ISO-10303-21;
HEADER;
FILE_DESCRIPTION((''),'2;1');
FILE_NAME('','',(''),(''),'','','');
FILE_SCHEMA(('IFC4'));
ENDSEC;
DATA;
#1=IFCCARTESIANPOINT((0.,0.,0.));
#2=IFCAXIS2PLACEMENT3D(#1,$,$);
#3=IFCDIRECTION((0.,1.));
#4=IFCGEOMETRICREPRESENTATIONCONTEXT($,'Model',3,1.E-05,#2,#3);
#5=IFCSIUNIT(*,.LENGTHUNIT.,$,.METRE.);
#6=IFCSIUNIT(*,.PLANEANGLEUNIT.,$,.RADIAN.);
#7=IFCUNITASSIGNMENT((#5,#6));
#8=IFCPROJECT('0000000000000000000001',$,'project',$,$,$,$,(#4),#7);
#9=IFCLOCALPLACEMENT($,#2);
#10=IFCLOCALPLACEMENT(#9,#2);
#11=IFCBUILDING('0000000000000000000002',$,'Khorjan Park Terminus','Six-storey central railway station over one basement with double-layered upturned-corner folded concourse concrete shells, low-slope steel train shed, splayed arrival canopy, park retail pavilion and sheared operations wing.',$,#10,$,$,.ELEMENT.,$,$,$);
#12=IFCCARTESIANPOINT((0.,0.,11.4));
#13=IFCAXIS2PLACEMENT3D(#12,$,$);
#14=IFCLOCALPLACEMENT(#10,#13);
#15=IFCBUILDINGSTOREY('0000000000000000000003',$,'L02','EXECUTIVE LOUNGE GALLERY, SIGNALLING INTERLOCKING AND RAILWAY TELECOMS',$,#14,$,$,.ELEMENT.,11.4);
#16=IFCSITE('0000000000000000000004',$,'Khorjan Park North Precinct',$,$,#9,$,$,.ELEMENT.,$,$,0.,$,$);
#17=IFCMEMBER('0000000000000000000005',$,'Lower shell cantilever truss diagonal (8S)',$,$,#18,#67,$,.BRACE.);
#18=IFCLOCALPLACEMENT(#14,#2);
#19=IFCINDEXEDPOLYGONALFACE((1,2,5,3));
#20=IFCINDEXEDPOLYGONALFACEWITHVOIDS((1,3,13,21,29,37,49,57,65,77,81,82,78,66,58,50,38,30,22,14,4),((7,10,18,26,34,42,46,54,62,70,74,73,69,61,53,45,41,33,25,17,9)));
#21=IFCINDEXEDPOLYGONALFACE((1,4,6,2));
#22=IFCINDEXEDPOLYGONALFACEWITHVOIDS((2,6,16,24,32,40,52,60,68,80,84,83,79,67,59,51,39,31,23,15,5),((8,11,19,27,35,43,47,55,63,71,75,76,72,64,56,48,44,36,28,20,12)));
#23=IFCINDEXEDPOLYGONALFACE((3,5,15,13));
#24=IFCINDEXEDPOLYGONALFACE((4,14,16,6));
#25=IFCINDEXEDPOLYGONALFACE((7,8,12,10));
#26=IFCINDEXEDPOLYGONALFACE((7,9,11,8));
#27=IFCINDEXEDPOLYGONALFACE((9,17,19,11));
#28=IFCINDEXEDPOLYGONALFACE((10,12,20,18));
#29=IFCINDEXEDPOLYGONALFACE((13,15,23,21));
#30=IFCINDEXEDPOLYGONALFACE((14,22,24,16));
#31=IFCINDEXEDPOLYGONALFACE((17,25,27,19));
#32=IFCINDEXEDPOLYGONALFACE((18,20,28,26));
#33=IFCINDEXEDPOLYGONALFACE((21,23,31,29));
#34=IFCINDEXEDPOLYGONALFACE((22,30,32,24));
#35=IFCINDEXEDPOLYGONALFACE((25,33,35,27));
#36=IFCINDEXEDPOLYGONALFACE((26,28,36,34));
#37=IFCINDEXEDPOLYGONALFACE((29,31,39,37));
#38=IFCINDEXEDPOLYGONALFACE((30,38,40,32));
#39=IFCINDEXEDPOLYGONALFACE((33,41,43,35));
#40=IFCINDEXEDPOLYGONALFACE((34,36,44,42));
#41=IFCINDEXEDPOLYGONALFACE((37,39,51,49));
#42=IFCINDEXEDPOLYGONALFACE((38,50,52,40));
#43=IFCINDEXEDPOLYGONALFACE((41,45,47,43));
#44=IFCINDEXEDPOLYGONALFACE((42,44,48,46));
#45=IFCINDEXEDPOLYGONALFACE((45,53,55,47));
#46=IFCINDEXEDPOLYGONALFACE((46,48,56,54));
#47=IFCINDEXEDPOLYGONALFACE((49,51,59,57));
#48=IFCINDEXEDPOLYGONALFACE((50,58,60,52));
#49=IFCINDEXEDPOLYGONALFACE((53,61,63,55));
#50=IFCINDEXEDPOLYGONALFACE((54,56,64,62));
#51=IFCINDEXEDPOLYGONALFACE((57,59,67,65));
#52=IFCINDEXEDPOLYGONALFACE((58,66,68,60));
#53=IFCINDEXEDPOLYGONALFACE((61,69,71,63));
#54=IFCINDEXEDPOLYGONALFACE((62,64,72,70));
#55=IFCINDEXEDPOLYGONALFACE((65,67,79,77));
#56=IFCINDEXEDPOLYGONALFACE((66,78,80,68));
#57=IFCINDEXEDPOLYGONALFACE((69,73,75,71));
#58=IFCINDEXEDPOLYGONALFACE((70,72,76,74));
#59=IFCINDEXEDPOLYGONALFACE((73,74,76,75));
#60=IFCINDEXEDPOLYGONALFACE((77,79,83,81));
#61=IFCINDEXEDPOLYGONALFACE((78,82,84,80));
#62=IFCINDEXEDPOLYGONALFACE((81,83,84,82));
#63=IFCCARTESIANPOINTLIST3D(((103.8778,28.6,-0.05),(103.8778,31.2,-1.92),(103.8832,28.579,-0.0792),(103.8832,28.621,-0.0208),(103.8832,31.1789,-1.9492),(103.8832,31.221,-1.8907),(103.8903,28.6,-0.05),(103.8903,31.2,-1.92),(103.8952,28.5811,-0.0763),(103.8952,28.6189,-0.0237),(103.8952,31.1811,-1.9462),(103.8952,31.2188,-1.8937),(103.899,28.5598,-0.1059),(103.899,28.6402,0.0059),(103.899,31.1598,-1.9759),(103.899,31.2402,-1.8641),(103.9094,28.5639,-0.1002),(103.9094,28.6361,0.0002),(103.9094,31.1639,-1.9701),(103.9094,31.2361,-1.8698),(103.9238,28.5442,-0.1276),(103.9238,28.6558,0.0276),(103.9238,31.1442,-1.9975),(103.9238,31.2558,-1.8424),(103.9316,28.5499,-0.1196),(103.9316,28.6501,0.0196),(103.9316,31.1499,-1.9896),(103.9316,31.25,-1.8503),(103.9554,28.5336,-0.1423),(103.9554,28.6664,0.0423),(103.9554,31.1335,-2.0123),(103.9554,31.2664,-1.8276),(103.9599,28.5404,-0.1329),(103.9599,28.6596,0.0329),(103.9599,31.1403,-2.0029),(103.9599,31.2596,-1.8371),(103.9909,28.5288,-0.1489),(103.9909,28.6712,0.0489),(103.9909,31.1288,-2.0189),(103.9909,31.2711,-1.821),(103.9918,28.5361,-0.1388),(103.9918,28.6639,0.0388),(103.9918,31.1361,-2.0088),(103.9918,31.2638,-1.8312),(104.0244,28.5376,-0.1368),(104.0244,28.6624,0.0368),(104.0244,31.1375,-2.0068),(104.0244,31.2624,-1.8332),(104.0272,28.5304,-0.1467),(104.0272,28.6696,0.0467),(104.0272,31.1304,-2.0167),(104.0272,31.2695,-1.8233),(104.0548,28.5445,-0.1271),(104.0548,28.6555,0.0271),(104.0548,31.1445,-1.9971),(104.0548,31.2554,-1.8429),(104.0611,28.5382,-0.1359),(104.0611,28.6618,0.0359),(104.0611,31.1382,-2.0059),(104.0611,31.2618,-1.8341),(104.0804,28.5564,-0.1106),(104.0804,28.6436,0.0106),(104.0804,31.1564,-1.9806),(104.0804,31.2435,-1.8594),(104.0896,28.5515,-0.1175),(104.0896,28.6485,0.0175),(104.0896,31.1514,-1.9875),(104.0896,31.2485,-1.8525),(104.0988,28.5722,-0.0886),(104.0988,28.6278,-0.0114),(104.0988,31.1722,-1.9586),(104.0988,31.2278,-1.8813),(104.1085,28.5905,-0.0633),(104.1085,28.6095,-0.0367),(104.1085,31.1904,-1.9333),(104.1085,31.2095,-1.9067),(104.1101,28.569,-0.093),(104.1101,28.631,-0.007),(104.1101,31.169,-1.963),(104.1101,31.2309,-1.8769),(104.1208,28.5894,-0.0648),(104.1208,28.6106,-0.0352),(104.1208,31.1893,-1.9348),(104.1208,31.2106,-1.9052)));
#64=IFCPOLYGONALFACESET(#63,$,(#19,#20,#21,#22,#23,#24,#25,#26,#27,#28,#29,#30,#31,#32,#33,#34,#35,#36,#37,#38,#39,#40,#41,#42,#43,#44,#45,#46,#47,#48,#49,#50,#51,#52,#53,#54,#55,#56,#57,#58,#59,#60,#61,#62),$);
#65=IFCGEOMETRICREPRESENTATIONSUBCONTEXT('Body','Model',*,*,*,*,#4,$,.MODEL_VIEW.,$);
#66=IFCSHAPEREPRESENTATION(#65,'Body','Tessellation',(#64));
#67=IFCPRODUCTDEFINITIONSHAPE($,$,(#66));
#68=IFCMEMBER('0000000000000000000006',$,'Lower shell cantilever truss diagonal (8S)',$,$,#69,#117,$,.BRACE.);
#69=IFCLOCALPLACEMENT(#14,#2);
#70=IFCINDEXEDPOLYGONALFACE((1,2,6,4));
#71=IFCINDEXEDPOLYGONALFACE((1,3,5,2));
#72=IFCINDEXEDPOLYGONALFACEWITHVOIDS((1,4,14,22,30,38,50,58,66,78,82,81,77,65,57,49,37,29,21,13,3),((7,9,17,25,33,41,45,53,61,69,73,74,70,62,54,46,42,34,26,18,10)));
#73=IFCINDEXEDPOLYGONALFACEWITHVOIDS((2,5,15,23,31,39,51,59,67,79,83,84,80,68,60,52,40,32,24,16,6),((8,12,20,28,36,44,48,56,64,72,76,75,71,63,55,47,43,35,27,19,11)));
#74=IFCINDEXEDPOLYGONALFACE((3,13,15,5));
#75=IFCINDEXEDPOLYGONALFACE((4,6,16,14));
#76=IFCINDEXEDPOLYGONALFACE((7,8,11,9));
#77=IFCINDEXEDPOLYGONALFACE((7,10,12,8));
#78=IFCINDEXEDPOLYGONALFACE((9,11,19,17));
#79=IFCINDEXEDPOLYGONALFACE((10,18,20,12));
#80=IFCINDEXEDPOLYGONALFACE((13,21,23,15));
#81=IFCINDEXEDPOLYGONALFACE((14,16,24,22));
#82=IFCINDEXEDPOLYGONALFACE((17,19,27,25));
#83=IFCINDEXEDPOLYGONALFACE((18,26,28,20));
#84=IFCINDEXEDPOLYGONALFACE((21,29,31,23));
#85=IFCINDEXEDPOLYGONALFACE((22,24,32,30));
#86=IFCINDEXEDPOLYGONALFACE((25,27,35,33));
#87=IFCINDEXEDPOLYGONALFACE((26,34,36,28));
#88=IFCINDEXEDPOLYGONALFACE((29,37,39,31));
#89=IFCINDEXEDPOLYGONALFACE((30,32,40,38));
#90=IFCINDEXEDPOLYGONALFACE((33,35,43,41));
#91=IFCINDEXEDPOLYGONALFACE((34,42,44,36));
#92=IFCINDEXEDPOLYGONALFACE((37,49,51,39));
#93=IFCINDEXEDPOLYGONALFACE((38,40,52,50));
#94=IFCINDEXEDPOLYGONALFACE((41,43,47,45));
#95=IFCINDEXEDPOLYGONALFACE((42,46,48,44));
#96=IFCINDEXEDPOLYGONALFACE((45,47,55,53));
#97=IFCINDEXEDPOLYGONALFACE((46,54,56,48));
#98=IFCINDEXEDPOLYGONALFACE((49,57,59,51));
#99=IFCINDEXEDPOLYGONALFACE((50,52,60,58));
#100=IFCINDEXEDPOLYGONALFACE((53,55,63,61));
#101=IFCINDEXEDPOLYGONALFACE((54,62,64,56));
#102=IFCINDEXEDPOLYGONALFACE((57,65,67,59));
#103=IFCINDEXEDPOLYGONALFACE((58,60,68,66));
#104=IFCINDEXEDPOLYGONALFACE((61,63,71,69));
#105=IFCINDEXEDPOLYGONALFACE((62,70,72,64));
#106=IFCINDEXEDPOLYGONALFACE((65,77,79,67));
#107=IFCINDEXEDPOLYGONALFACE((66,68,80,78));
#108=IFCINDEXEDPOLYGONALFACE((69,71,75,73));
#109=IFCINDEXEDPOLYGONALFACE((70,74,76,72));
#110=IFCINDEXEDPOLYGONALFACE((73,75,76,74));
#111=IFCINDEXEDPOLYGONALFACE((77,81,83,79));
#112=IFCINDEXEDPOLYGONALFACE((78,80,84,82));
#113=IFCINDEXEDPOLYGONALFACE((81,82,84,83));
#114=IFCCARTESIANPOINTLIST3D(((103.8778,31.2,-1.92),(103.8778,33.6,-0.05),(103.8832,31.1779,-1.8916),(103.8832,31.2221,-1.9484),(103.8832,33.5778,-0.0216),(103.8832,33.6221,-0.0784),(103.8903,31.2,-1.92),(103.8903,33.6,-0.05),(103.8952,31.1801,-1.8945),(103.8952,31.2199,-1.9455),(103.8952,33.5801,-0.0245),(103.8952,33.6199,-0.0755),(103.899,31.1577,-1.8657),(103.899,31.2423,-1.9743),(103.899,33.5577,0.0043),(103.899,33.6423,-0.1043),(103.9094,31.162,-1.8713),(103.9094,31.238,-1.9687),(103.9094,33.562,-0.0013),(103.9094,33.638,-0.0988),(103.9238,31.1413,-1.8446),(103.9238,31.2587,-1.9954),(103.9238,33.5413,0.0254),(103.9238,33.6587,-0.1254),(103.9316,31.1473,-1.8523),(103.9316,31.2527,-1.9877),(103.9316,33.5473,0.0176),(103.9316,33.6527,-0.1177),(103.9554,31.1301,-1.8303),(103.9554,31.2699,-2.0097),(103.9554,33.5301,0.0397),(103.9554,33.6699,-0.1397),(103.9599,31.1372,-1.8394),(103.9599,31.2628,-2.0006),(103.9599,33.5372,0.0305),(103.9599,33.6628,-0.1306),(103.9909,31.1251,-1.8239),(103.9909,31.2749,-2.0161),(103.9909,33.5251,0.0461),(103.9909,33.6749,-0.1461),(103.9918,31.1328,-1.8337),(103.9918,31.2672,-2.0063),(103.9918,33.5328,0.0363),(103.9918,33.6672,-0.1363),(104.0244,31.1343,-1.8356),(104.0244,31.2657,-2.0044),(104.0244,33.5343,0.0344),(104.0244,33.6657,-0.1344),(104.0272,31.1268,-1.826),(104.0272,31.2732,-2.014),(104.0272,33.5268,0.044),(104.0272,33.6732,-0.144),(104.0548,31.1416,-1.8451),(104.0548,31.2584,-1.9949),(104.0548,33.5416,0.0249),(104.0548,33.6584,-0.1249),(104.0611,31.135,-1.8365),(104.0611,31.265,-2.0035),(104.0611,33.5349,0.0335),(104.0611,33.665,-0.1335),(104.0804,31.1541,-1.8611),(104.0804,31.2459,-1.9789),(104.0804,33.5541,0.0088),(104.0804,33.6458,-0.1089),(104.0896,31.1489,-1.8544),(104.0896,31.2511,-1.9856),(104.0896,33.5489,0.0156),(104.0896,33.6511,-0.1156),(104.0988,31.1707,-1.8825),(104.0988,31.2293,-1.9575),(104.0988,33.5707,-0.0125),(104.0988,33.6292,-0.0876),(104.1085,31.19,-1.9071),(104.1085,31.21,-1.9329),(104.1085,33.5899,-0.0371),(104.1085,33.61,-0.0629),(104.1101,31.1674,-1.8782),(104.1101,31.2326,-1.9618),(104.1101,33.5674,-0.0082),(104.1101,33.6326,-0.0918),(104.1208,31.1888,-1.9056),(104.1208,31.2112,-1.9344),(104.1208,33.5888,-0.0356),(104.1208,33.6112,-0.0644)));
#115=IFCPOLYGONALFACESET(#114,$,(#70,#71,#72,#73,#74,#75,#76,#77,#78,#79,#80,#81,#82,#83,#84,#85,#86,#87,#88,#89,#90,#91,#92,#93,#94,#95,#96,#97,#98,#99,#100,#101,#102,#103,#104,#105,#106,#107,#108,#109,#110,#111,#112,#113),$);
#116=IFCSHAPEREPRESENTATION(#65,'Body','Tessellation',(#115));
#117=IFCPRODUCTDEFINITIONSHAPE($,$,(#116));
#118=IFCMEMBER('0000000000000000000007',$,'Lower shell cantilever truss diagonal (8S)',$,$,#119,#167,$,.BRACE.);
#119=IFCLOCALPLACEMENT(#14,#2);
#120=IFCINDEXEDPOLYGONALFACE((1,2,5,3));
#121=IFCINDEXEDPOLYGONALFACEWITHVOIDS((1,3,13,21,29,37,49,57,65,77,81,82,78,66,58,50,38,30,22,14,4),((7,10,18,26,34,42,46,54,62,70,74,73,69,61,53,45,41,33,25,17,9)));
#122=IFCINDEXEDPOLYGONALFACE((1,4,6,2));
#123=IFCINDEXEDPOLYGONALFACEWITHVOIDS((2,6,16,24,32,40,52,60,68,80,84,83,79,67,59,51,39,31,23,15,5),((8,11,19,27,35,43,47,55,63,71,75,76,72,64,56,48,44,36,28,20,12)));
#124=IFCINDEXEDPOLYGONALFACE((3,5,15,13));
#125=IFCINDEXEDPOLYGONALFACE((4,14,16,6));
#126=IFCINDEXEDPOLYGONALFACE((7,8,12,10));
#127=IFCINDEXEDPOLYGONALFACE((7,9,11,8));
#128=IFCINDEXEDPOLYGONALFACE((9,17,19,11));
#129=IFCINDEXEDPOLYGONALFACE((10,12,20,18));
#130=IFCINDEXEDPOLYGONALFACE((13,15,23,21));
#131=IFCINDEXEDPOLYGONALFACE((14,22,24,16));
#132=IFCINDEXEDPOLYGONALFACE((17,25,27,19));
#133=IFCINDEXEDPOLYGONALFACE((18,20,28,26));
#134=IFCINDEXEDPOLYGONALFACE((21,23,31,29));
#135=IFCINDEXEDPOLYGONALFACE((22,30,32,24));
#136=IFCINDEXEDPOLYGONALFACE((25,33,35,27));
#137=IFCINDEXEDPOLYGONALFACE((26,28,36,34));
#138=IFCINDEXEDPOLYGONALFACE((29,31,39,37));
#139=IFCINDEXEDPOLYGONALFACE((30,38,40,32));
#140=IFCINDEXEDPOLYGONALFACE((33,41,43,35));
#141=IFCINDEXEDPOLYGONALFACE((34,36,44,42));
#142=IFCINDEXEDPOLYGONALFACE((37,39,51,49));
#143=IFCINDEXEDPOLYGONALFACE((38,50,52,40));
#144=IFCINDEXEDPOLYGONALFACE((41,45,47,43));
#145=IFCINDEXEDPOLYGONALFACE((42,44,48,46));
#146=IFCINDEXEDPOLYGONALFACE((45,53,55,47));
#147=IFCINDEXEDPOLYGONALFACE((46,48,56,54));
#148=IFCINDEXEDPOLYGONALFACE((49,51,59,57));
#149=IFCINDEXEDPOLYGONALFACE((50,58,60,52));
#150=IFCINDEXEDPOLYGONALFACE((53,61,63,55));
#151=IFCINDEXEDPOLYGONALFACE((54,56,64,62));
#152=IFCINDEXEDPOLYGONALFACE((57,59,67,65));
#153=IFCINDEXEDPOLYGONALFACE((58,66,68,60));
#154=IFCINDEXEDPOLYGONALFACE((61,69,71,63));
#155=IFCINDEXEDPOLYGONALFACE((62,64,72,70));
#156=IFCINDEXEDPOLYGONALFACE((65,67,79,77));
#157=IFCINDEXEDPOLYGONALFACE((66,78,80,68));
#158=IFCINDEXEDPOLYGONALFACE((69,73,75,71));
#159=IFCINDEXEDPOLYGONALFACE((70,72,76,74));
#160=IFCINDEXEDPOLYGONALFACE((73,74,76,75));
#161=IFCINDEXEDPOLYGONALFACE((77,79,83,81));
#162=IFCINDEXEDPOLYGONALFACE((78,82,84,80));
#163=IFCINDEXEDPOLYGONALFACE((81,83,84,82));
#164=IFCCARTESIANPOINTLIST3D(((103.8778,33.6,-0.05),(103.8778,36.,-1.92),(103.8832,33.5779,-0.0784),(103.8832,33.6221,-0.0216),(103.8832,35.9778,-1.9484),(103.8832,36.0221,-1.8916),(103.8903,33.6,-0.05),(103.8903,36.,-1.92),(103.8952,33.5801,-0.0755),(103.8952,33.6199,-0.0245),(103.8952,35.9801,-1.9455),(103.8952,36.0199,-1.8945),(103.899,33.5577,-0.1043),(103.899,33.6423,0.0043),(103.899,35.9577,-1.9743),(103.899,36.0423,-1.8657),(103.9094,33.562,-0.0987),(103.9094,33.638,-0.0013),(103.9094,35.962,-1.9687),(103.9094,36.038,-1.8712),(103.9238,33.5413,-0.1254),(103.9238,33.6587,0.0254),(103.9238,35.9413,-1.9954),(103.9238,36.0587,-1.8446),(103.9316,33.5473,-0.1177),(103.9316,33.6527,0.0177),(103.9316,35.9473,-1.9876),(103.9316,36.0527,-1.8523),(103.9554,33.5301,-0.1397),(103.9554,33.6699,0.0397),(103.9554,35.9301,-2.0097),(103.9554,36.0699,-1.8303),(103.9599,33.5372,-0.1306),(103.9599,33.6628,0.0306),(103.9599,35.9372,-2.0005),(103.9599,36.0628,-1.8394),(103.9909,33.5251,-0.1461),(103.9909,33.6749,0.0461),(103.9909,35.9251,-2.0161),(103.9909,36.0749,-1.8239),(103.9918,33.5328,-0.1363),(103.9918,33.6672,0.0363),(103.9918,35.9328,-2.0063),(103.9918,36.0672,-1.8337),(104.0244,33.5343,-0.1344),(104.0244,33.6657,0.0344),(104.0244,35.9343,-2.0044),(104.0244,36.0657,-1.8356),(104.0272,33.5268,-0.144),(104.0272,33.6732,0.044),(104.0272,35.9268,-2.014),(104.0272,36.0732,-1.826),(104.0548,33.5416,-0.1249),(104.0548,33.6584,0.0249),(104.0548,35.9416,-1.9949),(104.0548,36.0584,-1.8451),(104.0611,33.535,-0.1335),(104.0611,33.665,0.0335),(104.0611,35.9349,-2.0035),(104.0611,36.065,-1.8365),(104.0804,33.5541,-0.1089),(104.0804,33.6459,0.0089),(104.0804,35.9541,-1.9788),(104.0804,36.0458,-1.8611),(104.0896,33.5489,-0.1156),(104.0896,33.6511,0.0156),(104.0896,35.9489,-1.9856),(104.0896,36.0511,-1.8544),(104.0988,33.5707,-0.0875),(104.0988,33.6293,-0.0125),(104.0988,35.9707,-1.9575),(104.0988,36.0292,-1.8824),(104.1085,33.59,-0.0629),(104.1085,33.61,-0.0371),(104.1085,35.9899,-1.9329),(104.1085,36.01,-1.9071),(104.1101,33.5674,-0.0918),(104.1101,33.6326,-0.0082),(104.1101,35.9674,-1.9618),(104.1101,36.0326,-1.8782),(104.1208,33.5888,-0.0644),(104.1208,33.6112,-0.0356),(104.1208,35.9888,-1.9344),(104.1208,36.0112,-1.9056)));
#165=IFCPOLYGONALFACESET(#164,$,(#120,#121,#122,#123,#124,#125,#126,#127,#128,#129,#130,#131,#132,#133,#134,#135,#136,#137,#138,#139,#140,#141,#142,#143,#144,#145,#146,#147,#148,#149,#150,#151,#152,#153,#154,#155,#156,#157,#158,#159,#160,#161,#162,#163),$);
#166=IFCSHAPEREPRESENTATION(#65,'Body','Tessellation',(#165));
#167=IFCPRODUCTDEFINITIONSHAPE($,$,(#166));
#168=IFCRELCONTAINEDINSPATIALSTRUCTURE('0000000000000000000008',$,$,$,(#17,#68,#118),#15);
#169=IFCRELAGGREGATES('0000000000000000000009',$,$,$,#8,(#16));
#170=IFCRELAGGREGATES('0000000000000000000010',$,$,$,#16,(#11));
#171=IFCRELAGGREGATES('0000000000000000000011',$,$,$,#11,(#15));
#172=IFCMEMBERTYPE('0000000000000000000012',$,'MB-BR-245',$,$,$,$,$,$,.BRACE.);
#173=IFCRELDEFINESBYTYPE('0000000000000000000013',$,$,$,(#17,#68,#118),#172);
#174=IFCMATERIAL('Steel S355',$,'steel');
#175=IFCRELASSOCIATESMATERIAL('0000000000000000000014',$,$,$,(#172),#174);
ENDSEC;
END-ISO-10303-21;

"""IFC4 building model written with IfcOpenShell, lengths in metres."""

from ifc_helpers import new_model, si_unit, direction, frame, origin, origin_2d, place, context, subcontext, project, spatial, hollow_circle, extrude, material, material_profile, profile_set, type_object, element, save


model = new_model("IFC4")

# Units and contexts
model_context = context("Model", 3, precision=1e-05, world=origin(), true_north=direction((0.0, 1.0)))
body_context = subcontext(model_context, "Body", "Model", "MODEL_VIEW")
ifc_project = project(units=[si_unit("LENGTHUNIT", "METRE"), si_unit("PLANEANGLEUNIT", "RADIAN")], contexts=[model_context])

# Site, building, storey
site_placement = place(None, origin())
site = spatial("IfcSite", under=ifc_project, at=site_placement, Name="Khorjan Park North Precinct", CompositionType="ELEMENT", RefElevation=0.0)
building_placement = place(site_placement, origin())
building = spatial("IfcBuilding", under=site, at=building_placement, Name="Khorjan Park Terminus", Description="Six-storey central railway station over one basement with double-layered upturned-corner folded concourse concrete shells, low-slope steel train shed, splayed arrival canopy, park retail pavilion and sheared operations wing.", CompositionType="ELEMENT")
storey_placement = place(building_placement, frame((0.0, 0.0, 11.4)))
storey = spatial("IfcBuildingStorey", under=building, at=storey_placement, Name="L02", Description="EXECUTIVE LOUNGE GALLERY, SIGNALLING INTERLOCKING AND RAILWAY TELECOMS", CompositionType="ELEMENT", Elevation=11.4)

# Members
ifc_material_1 = material(Name="Steel S355", Category="steel")
ifc_material_profile_1 = material_profile(ifc_material_1, hollow_circle(Radius=0.1222, WallThickness=0.0125, at=origin_2d()), Name="CHS 244.5x12.5")
ifc_profile_set_1 = profile_set([ifc_material_profile_1], Name="Steel S355")
member_type_1 = type_object("IfcMemberType", Name="MB-BR-245", PredefinedType="BRACE", material=ifc_profile_set_1)
member_1_placement = place(storey_placement, frame((104.0, 28.6, -0.05), z_axis=(0.0, 0.81183, -0.583893), x_axis=(-1.0, 0.0, 0.0)))
element("IfcMember", 1, at=member_1_placement, inside=storey, type_object=member_type_1, Name="Lower shell cantilever truss diagonal (8S)", PredefinedType="BRACE", context=body_context, shape_type="SweptSolid", body=[
    extrude(hollow_circle(Radius=0.1222, WallThickness=0.0125, at=origin_2d()), origin(), (0.0, 0.0, 1.0), 3.2026),
])
for number, where, z_axis, x_axis, name in (
    (2, (104.0, 31.2, -1.92), (0.0, 0.788821, 0.614623), (-1.0, 0.0, 0.0), "Lower shell cantilever truss diagonal (8S)"),
    (3, (104.0, 33.6, -0.05), (0.0, 0.788821, -0.614623), (-1.0, 0.0, 0.0), "Lower shell cantilever truss diagonal (8S)"),
):
    element("IfcMember", number, at=place(storey_placement, frame(where, z_axis=z_axis, x_axis=x_axis)), inside=storey, type_object=member_type_1, Name=name, PredefinedType="BRACE", context=body_context, shape_type="SweptSolid", body=[
        extrude(hollow_circle(Radius=0.1222, WallThickness=0.0125, at=origin_2d()), origin(), (0.0, 0.0, 1.0), 3.0425),
    ])

save(model, "model.ifc")
